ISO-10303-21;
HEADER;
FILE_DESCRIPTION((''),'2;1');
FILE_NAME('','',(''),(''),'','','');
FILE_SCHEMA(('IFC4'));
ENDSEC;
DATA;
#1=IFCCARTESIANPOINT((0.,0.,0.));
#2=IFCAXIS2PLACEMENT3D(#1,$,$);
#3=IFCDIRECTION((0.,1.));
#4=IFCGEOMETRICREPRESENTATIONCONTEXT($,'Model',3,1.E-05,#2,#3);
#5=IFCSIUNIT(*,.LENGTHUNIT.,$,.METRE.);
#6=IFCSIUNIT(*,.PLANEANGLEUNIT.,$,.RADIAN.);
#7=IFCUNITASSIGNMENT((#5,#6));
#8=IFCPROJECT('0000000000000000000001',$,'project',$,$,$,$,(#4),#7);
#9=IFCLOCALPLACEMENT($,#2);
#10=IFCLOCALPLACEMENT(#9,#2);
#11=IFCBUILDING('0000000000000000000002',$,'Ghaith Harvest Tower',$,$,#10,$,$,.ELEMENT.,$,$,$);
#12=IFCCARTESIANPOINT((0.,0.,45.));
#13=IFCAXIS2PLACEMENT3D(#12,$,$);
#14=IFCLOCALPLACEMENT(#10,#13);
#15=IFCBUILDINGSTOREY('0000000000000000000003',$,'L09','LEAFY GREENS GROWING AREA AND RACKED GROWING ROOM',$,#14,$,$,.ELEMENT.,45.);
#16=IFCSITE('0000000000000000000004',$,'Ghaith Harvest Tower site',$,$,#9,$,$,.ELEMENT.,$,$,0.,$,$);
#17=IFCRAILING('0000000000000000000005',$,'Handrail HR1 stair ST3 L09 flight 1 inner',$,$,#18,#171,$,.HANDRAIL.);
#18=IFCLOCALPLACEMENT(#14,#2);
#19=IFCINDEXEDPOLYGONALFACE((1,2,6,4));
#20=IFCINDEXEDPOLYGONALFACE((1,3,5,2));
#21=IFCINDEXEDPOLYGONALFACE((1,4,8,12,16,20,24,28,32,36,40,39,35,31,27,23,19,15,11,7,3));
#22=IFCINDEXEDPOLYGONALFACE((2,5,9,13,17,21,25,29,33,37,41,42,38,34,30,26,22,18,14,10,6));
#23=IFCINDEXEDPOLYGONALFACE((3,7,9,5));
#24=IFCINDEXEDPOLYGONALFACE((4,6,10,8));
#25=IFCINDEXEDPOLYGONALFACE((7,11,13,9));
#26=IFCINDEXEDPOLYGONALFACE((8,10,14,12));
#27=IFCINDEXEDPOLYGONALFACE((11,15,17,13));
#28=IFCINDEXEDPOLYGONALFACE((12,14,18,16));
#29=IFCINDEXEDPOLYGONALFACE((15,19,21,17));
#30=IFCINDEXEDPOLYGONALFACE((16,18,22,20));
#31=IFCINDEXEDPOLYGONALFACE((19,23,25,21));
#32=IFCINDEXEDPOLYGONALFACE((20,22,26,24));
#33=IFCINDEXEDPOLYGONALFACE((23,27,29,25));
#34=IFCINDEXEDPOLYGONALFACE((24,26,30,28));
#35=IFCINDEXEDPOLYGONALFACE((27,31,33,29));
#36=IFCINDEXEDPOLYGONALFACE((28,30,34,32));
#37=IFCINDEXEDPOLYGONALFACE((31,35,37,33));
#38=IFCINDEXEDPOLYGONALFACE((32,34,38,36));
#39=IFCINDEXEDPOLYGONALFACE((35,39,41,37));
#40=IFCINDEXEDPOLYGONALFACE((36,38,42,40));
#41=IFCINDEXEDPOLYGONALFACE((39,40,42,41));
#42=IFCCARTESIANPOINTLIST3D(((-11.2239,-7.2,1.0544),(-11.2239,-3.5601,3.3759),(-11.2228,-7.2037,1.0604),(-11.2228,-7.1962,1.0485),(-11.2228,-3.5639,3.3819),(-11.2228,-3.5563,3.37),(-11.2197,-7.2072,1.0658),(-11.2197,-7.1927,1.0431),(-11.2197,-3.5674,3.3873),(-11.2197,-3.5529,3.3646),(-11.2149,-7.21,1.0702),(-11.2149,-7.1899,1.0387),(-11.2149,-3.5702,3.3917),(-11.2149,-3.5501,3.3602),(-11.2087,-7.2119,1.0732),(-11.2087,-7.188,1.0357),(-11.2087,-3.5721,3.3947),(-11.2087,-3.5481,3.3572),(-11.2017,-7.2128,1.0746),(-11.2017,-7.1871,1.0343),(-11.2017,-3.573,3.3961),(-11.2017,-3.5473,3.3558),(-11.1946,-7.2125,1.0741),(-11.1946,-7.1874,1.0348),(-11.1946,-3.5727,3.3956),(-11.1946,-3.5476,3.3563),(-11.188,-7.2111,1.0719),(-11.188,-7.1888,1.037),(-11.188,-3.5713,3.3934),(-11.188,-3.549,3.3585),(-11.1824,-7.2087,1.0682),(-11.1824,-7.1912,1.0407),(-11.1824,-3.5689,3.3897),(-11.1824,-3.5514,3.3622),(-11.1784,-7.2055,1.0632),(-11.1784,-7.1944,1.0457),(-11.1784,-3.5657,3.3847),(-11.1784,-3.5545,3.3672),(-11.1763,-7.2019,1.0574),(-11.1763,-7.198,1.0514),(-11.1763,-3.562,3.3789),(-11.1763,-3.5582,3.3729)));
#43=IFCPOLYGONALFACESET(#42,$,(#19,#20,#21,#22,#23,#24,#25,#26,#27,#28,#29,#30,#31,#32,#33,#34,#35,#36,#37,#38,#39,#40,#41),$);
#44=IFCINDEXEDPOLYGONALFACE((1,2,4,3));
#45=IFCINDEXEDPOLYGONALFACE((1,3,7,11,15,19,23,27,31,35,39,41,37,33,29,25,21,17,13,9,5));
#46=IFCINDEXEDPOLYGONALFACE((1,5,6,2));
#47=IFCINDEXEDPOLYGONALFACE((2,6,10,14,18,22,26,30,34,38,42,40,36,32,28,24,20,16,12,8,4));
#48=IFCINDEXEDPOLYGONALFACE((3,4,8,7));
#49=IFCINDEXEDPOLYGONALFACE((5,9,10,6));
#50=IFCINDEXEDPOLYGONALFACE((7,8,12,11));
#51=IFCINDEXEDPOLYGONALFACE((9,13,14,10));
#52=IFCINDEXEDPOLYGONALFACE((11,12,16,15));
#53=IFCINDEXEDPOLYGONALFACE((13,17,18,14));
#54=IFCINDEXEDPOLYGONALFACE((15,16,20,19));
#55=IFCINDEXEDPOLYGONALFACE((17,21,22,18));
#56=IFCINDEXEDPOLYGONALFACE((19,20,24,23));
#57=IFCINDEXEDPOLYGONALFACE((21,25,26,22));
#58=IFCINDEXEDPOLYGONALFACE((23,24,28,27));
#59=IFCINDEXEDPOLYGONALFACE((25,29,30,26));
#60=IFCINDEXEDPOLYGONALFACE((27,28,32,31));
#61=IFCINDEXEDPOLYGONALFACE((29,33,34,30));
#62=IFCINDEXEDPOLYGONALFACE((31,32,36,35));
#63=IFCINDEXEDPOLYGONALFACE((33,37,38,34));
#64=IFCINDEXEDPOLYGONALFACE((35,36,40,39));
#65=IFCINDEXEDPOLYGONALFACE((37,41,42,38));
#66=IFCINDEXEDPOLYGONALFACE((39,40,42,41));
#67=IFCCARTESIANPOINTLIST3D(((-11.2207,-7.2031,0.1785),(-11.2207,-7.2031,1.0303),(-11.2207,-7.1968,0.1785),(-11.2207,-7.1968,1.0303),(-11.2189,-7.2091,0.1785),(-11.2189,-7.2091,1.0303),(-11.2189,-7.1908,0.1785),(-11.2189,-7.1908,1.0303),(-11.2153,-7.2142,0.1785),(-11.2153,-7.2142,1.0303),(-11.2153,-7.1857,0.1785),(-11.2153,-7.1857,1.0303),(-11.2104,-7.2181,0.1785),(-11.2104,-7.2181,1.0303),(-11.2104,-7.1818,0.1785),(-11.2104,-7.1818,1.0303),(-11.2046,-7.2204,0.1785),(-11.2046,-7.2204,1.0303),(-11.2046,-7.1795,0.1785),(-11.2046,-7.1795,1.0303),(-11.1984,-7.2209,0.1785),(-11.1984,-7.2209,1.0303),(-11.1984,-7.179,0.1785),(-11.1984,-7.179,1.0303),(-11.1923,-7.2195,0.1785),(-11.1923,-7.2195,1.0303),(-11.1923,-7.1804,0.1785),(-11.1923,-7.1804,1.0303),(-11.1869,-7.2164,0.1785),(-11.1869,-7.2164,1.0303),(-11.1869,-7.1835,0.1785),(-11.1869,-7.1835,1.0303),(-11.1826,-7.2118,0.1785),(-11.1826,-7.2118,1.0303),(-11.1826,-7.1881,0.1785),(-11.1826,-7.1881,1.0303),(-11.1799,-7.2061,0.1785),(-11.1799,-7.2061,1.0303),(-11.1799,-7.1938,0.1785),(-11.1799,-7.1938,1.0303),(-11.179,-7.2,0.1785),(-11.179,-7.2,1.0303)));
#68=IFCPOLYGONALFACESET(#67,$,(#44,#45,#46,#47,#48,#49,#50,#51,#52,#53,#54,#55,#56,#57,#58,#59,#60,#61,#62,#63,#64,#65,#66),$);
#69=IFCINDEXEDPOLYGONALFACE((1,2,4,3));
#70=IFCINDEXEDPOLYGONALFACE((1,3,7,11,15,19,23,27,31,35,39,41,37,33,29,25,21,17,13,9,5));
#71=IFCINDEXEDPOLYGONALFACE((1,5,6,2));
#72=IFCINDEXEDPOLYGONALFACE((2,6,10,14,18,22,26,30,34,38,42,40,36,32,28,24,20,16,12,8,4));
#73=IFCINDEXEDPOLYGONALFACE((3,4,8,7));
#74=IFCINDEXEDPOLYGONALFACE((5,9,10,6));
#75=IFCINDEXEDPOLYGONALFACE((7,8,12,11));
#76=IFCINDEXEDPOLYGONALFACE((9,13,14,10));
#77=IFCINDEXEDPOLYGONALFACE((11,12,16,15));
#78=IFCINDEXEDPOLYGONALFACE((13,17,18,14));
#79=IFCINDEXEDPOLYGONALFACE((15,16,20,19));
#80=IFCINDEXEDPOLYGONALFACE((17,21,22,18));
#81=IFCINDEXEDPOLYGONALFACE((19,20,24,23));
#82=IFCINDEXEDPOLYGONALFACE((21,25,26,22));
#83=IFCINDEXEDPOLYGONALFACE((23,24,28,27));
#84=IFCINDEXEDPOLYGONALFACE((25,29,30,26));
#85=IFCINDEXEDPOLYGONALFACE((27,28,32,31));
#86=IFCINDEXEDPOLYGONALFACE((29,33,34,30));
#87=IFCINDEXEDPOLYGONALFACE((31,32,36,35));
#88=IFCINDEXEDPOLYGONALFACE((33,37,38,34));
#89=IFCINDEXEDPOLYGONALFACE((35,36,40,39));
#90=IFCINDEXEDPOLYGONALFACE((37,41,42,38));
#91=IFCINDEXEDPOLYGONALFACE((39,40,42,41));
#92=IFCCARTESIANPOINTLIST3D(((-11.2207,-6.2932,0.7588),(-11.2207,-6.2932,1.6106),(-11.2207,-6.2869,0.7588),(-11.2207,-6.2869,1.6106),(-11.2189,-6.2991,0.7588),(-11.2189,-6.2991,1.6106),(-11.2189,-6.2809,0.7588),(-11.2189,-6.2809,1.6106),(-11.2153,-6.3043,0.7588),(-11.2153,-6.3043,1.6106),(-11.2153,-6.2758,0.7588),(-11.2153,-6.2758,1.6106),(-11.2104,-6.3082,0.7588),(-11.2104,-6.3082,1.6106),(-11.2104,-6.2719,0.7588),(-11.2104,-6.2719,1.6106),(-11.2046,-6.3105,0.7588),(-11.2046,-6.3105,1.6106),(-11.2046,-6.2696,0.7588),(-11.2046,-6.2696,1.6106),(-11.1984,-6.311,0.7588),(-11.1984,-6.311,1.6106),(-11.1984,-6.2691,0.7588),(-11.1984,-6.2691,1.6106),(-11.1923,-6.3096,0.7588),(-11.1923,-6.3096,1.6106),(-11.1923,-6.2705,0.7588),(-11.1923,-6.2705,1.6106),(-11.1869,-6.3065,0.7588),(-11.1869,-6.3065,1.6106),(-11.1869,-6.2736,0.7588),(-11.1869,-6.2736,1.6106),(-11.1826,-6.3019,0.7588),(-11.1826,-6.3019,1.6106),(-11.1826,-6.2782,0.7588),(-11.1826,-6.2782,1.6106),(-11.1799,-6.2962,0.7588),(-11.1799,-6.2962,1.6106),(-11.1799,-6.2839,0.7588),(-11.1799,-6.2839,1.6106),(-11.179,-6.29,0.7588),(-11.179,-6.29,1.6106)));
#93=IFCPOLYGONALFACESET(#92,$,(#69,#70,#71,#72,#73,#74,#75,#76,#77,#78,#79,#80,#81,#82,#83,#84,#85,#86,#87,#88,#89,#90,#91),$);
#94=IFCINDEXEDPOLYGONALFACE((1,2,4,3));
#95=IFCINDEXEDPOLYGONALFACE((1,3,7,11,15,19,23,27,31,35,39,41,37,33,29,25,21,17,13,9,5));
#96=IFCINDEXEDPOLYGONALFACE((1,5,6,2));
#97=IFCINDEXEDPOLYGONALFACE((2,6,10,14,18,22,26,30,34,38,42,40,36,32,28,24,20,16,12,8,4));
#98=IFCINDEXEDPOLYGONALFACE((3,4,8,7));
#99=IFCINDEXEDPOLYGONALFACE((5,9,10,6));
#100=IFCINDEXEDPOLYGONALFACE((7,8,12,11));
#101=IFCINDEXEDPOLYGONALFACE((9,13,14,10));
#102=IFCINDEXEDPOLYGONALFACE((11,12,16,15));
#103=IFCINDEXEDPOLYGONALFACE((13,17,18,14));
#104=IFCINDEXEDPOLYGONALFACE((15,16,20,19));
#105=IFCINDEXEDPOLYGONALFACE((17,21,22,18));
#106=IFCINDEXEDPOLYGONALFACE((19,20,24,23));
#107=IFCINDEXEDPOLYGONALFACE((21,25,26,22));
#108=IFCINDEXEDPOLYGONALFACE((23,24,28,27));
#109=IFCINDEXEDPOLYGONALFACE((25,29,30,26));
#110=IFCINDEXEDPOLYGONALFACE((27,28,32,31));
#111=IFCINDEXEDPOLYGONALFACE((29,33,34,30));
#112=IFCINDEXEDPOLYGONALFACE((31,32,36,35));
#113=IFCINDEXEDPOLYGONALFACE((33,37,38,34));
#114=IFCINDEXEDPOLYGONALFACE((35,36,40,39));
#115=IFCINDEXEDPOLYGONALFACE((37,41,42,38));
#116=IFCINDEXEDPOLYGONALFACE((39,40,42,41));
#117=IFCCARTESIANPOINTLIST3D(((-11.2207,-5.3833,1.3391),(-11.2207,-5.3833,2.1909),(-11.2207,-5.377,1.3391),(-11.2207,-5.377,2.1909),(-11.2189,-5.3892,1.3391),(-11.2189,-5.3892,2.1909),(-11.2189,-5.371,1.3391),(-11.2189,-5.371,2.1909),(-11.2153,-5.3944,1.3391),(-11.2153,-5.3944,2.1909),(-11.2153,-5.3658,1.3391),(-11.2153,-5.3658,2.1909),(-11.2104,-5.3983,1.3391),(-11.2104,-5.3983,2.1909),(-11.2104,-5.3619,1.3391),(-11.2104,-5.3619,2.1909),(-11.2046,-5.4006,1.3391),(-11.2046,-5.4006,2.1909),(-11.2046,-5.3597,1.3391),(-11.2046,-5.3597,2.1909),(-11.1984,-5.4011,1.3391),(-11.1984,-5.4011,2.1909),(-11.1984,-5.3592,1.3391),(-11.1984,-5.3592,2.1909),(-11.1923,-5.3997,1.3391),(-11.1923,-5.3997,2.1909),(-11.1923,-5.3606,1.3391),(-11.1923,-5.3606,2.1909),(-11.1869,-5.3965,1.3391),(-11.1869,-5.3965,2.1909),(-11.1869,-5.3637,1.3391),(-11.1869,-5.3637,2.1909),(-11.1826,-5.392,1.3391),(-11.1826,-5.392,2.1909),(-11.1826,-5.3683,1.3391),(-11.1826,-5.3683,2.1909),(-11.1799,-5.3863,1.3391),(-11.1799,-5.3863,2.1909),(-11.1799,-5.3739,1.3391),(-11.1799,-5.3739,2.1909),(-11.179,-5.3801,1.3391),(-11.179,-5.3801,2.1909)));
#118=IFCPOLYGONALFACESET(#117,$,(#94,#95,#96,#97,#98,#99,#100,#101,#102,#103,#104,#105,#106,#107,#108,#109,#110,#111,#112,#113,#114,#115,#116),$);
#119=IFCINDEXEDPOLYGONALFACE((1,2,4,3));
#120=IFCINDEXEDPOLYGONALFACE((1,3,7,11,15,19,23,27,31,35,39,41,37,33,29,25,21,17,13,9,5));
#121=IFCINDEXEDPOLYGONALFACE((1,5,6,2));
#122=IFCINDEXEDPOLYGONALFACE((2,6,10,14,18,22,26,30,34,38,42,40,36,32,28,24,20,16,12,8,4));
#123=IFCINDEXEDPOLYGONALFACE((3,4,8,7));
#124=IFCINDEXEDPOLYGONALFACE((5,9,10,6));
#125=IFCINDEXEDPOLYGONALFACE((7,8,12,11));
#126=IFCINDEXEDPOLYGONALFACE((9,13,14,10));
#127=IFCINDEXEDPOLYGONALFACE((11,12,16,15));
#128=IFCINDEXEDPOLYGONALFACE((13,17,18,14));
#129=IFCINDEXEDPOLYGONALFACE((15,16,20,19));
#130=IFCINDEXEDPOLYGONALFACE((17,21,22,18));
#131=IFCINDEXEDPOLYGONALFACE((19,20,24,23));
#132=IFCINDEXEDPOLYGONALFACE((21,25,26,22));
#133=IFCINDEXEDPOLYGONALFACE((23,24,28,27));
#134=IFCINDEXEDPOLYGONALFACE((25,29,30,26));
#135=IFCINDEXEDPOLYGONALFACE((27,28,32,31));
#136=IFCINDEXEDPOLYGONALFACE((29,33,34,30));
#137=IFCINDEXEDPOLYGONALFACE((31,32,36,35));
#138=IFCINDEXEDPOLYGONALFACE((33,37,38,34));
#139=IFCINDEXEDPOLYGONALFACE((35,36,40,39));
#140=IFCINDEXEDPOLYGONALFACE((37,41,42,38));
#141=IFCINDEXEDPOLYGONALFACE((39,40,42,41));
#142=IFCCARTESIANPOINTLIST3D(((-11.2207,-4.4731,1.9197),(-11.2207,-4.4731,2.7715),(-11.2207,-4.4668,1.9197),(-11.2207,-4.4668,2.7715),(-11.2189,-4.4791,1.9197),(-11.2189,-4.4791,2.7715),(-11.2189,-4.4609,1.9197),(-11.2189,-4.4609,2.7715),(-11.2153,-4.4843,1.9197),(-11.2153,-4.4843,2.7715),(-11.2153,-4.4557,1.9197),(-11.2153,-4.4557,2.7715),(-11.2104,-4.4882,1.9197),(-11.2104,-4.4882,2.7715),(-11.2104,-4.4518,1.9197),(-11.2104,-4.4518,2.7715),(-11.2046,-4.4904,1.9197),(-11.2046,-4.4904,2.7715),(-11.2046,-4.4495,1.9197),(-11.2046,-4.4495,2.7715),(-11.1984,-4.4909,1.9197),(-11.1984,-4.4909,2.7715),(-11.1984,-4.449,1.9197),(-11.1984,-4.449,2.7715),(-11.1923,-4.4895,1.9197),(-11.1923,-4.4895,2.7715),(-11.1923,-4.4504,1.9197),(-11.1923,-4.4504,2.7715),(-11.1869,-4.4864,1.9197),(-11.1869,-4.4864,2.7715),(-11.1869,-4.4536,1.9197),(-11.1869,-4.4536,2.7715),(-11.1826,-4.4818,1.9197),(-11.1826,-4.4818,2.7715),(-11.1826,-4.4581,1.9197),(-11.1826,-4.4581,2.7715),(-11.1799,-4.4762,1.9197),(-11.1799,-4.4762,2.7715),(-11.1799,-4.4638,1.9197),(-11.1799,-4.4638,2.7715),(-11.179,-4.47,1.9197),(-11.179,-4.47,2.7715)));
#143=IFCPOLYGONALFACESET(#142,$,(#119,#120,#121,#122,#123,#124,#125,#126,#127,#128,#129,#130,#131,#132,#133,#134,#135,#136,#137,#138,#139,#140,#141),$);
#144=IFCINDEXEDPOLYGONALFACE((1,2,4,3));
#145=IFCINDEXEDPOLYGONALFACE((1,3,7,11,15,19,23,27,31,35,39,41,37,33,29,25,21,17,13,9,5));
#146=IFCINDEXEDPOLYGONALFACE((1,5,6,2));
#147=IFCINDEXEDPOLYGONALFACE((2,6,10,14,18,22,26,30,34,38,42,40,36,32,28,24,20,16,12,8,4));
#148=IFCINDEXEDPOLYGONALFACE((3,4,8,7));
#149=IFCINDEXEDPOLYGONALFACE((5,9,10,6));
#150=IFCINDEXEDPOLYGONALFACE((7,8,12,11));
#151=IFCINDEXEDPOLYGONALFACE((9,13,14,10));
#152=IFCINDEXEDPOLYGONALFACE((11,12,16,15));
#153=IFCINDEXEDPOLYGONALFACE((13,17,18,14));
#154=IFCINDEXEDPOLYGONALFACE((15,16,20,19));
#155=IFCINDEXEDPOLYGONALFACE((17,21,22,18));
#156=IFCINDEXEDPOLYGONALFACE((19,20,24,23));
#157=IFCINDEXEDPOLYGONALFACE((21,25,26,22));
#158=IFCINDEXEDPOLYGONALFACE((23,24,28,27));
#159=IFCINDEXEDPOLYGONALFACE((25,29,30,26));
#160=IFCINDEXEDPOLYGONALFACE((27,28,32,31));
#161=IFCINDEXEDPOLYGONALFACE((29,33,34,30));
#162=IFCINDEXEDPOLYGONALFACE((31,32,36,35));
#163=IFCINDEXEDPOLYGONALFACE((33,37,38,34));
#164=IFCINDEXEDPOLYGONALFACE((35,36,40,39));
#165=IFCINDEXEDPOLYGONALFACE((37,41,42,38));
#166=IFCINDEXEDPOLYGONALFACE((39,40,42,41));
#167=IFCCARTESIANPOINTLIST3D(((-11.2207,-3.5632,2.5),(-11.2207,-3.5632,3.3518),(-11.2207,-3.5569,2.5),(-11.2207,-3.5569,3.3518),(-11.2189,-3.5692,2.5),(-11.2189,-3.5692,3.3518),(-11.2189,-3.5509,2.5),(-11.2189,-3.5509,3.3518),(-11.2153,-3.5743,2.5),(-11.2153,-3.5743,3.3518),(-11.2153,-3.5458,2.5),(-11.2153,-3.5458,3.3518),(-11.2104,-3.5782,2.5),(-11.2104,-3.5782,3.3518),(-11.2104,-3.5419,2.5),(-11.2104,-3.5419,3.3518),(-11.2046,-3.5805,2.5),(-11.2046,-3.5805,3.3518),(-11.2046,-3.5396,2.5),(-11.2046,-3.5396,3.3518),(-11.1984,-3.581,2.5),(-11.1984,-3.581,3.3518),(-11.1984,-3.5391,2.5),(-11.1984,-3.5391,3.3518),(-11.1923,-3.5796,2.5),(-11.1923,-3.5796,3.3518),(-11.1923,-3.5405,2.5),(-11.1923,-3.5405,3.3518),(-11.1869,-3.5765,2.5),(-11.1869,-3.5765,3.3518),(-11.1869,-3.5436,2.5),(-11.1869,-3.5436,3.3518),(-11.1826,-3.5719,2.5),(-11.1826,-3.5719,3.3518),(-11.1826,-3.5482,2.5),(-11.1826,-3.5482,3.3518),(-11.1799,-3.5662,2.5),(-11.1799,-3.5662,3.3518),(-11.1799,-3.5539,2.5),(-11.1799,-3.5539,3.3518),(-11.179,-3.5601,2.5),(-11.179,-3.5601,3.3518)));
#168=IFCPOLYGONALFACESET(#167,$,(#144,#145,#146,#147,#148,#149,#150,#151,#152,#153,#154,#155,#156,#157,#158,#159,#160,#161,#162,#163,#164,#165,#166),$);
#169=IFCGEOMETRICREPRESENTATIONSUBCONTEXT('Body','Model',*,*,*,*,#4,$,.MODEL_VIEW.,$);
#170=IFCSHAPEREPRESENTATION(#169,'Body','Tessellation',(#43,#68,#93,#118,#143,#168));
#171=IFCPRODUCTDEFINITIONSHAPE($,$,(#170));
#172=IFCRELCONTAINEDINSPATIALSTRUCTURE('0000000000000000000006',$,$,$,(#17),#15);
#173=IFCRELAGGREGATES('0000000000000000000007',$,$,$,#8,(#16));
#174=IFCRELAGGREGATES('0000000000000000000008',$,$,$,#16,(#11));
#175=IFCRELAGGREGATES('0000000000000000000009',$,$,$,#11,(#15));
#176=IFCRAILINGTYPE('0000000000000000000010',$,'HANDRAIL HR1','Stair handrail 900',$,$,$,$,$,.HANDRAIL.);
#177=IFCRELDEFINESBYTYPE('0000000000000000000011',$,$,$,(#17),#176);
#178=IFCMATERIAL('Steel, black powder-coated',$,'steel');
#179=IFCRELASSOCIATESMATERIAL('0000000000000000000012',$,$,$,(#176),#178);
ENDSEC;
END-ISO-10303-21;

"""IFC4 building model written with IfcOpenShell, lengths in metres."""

from ifc_helpers import new_model, si_unit, direction, frame, origin, origin_2d, place, context, subcontext, project, spatial, circle, extrude, material, type_object, element, save


model = new_model("IFC4")

# Units and contexts
model_context = context("Model", 3, precision=1e-05, world=origin(), true_north=direction((0.0, 1.0)))
body_context = subcontext(model_context, "Body", "Model", "MODEL_VIEW")
ifc_project = project(units=[si_unit("LENGTHUNIT", "METRE"), si_unit("PLANEANGLEUNIT", "RADIAN")], contexts=[model_context])

# Site, building, storey
site_placement = place(None, origin())
site = spatial("IfcSite", under=ifc_project, at=site_placement, Name="Ghaith Harvest Tower site", CompositionType="ELEMENT", RefElevation=0.0)
building_placement = place(site_placement, origin())
building = spatial("IfcBuilding", under=site, at=building_placement, Name="Ghaith Harvest Tower", CompositionType="ELEMENT")
storey_placement = place(building_placement, frame((0.0, 0.0, 45.0)))
storey = spatial("IfcBuildingStorey", under=building, at=storey_placement, Name="L09", Description="LEAFY GREENS GROWING AREA AND RACKED GROWING ROOM", CompositionType="ELEMENT", Elevation=45.0)

# Railing
ifc_material_1 = material(Name="Steel, black powder-coated", Category="steel")
railing_type = type_object("IfcRailingType", Name="HANDRAIL HR1", Description="Stair handrail 900", PredefinedType="HANDRAIL", material=ifc_material_1)
railing_1_placement = place(storey_placement, frame((-11.2, -7.2, 0.1785)))
element("IfcRailing", 1, at=railing_1_placement, inside=storey, type_object=railing_type, Name="Handrail HR1 stair ST3 L09 flight 1 inner", PredefinedType="HANDRAIL", context=body_context, shape_type="SweptSolid", body=[
    extrude(circle(Radius=0.0239, at=origin_2d()), frame((0.0, 0.0, 0.876), z_axis=(0.0, 0.843112, 0.537739), x_axis=(-1.0, 0.0, 0.0)), (0.0, 0.0, 1.0), 4.3171),
    extrude(circle(Radius=0.021, at=origin_2d()), origin(), (0.0, 0.0, 1.0), 0.8518),
    extrude(circle(Radius=0.021, at=origin_2d()), frame((0.0, 0.9099, 0.5803)), (0.0, 0.0, 1.0), 0.8518),
    extrude(circle(Radius=0.021, at=origin_2d()), frame((0.0, 1.8198, 1.1606)), (0.0, 0.0, 1.0), 0.8518),
    extrude(circle(Radius=0.021, at=origin_2d()), frame((0.0, 2.73, 1.7412)), (0.0, 0.0, 1.0), 0.8518),
    extrude(circle(Radius=0.021, at=origin_2d()), frame((0.0, 3.6399, 2.3215)), (0.0, 0.0, 1.0), 0.8518),
])

save(model, "model.ifc")
